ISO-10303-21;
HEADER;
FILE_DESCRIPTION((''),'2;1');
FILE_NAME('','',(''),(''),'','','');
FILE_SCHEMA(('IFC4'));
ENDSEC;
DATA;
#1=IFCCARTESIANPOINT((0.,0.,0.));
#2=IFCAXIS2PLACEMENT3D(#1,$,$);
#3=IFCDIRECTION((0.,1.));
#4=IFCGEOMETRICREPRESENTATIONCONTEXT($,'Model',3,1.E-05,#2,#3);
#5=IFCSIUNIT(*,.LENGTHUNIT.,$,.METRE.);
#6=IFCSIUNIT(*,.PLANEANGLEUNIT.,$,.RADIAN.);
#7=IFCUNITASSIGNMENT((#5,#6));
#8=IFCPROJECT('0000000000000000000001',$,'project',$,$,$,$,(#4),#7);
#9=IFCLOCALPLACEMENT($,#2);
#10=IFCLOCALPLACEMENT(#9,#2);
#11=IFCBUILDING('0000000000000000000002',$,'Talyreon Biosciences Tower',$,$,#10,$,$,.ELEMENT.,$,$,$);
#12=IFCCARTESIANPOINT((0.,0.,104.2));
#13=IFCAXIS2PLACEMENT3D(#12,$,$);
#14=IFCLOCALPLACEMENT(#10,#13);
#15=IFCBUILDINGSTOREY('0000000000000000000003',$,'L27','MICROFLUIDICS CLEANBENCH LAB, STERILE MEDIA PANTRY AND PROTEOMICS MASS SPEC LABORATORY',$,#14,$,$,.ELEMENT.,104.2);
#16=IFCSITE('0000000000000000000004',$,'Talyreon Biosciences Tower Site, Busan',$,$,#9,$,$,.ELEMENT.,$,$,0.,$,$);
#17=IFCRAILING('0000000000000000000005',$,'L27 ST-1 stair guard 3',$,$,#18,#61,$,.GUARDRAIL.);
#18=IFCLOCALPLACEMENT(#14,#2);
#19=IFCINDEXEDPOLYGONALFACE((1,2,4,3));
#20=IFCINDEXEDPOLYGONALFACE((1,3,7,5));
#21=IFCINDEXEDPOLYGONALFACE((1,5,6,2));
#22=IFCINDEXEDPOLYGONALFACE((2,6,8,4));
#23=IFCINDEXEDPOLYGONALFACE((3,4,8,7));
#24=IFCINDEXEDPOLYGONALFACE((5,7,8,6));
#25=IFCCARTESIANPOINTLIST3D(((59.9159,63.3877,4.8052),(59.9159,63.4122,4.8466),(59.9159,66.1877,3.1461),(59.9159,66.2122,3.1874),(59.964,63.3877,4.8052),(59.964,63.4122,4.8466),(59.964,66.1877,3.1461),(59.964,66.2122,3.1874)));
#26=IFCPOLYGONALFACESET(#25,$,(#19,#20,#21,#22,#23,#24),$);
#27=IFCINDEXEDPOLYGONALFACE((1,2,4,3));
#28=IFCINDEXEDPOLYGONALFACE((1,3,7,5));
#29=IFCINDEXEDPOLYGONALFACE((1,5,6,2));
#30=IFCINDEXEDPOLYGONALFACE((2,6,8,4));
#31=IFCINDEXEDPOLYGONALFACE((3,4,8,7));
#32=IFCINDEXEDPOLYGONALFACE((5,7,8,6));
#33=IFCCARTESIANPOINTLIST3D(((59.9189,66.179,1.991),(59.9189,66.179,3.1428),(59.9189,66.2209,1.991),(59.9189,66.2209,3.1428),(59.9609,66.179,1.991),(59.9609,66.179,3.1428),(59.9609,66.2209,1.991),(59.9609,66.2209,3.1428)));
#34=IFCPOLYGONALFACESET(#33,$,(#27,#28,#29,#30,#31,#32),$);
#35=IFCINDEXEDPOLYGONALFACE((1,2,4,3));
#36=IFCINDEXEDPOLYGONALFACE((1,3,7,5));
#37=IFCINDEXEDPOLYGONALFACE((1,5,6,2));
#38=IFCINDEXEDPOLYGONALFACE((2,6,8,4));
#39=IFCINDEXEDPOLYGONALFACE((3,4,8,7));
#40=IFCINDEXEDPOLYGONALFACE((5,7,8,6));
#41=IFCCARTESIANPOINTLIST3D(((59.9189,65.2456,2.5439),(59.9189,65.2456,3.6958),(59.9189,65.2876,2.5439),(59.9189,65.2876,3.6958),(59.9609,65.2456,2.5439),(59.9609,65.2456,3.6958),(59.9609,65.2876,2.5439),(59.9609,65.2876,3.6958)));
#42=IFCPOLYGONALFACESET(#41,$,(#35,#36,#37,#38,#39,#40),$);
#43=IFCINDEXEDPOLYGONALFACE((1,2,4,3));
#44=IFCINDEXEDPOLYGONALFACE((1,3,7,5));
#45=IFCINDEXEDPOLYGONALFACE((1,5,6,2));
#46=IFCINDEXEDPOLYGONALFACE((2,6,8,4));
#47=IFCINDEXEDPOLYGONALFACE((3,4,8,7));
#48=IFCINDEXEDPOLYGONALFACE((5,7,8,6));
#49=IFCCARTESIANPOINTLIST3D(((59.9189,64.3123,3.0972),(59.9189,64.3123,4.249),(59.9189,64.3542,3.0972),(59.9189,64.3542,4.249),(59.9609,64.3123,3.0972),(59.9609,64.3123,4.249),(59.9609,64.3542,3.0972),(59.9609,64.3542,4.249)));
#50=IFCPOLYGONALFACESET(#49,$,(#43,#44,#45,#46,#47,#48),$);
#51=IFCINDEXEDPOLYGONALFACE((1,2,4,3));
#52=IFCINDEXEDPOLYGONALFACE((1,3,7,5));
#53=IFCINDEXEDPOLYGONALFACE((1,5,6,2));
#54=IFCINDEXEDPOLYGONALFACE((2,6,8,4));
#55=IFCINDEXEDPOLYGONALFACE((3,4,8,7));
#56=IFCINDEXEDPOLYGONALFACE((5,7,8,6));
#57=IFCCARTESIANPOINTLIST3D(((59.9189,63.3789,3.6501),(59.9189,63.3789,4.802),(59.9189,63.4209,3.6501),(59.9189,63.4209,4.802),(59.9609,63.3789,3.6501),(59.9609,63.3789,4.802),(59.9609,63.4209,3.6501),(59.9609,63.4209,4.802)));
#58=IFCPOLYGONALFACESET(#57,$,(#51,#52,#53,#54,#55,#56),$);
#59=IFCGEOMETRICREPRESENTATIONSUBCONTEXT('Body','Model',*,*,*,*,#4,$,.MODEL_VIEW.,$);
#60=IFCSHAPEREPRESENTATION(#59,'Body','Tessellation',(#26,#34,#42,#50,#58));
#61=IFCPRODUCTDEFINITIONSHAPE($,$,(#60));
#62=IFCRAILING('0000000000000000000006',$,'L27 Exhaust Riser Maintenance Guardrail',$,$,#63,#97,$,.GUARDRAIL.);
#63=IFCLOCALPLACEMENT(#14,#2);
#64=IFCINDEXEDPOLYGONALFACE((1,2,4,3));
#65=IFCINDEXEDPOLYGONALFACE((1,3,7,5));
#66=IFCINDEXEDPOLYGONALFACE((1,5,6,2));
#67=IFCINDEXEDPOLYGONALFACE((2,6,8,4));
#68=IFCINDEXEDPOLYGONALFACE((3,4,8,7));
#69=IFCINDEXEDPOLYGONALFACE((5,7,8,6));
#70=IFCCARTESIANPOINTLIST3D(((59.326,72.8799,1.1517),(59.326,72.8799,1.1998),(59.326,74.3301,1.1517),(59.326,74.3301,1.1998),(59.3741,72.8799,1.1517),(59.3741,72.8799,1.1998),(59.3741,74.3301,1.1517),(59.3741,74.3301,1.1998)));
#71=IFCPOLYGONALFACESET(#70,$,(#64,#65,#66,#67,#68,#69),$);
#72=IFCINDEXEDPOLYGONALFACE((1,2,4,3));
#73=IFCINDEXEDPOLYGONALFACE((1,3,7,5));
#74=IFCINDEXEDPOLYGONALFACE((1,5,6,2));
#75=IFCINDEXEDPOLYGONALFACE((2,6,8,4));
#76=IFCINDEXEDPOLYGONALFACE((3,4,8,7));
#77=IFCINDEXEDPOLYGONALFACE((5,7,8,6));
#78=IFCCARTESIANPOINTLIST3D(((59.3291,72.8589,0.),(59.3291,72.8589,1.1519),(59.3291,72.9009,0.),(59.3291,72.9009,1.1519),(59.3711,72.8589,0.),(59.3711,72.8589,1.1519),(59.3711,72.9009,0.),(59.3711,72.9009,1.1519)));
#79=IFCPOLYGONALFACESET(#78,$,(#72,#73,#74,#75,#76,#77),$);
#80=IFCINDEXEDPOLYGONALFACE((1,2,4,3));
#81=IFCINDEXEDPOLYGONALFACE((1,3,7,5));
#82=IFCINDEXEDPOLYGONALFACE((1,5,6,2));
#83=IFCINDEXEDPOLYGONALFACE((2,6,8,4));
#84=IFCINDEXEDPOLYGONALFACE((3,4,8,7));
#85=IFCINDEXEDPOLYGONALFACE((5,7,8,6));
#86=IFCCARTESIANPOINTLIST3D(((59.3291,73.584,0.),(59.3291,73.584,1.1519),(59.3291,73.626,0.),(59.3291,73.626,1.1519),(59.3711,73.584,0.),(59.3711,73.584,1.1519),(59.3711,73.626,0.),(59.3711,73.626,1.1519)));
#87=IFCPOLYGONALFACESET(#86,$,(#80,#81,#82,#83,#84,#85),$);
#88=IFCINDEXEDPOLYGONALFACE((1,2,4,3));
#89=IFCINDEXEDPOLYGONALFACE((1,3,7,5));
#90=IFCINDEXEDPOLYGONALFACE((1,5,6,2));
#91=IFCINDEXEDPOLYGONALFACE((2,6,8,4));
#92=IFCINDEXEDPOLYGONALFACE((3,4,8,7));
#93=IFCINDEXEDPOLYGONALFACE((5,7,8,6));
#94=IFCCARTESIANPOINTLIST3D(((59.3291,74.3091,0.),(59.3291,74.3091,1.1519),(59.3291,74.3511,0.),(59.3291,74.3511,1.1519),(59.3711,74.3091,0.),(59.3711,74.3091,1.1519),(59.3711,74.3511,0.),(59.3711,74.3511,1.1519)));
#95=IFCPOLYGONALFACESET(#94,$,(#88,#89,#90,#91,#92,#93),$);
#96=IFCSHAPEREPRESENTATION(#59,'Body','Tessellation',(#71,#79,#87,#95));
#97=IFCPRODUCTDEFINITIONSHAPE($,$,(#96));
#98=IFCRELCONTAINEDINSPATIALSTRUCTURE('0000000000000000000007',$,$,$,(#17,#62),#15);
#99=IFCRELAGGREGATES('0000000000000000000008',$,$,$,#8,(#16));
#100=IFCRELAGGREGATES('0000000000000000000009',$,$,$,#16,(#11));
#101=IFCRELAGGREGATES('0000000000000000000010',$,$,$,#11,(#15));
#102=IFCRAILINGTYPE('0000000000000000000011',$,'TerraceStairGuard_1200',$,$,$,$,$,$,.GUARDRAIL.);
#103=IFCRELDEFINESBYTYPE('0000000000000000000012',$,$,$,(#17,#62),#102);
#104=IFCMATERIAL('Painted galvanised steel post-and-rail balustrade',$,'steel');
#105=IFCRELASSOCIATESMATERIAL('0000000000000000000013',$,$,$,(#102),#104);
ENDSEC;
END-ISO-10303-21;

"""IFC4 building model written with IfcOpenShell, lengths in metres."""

from ifc_helpers import new_model, si_unit, direction, frame, origin, origin_2d, place, context, subcontext, project, spatial, rectangle, extrude, material, type_object, element, save


model = new_model("IFC4")

# Units and contexts
model_context = context("Model", 3, precision=1e-05, world=origin(), true_north=direction((0.0, 1.0)))
body_context = subcontext(model_context, "Body", "Model", "MODEL_VIEW")
ifc_project = project(units=[si_unit("LENGTHUNIT", "METRE"), si_unit("PLANEANGLEUNIT", "RADIAN")], contexts=[model_context])

# Site, building, storey
site_placement = place(None, origin())
site = spatial("IfcSite", under=ifc_project, at=site_placement, Name="Talyreon Biosciences Tower Site, Busan", CompositionType="ELEMENT", RefElevation=0.0)
building_placement = place(site_placement, origin())
building = spatial("IfcBuilding", under=site, at=building_placement, Name="Talyreon Biosciences Tower", CompositionType="ELEMENT")
storey_placement = place(building_placement, frame((0.0, 0.0, 104.2)))
storey = spatial("IfcBuildingStorey", under=building, at=storey_placement, Name="L27", Description="MICROFLUIDICS CLEANBENCH LAB, STERILE MEDIA PANTRY AND PROTEOMICS MASS SPEC LABORATORY", CompositionType="ELEMENT", Elevation=104.2)

# Railings
ifc_material_1 = material(Name="Painted galvanised steel post-and-rail balustrade", Category="steel")
railing_type_1 = type_object("IfcRailingType", Name="TerraceStairGuard_1200", PredefinedType="GUARDRAIL", material=ifc_material_1)
railing_1_placement = place(storey_placement, frame((59.9399, 66.2, 1.991)))
element("IfcRailing", 1, at=railing_1_placement, inside=storey, type_object=railing_type_1, Name="L27 ST-1 stair guard 3", PredefinedType="GUARDRAIL", context=body_context, shape_type="SweptSolid", body=[
    extrude(rectangle(XDim=0.0481, YDim=0.0481, at=origin_2d()), frame((0.0, 0.0, 1.1758), z_axis=(0.0, -0.860306, 0.509778), x_axis=(1.0, 0.0, 0.0)), (0.0, 0.0, 1.0), 3.2546),
    extrude(rectangle(XDim=0.042, YDim=0.042, at=origin_2d()), origin(), (0.0, 0.0, 1.0), 1.1519),
    extrude(rectangle(XDim=0.042, YDim=0.042, at=origin_2d()), frame((0.0, -0.9333, 0.553)), (0.0, 0.0, 1.0), 1.1519),
    extrude(rectangle(XDim=0.042, YDim=0.042, at=origin_2d()), frame((0.0, -1.8667, 1.1062)), (0.0, 0.0, 1.0), 1.1519),
    extrude(rectangle(XDim=0.042, YDim=0.042, at=origin_2d()), frame((0.0, -2.8, 1.6592)), (0.0, 0.0, 1.0), 1.1519),
])
railing_2_placement = place(storey_placement, frame((59.3501, 72.8799, 0.0)))
element("IfcRailing", 2, at=railing_2_placement, inside=storey, type_object=railing_type_1, Name="L27 Exhaust Riser Maintenance Guardrail", PredefinedType="GUARDRAIL", context=body_context, shape_type="SweptSolid", body=[
    extrude(rectangle(XDim=0.0481, YDim=0.0481, at=origin_2d()), frame((0.0, 0.0, 1.1758), z_axis=(0.0, 1.0, 0.0), x_axis=(-1.0, 0.0, 0.0)), (0.0, 0.0, 1.0), 1.4502),
    extrude(rectangle(XDim=0.042, YDim=0.042, at=origin_2d()), origin(), (0.0, 0.0, 1.0), 1.1519),
    extrude(rectangle(XDim=0.042, YDim=0.042, at=origin_2d()), frame((0.0, 0.7251, 0.0)), (0.0, 0.0, 1.0), 1.1519),
    extrude(rectangle(XDim=0.042, YDim=0.042, at=origin_2d()), frame((0.0, 1.4502, 0.0)), (0.0, 0.0, 1.0), 1.1519),
])

save(model, "model.ifc")
